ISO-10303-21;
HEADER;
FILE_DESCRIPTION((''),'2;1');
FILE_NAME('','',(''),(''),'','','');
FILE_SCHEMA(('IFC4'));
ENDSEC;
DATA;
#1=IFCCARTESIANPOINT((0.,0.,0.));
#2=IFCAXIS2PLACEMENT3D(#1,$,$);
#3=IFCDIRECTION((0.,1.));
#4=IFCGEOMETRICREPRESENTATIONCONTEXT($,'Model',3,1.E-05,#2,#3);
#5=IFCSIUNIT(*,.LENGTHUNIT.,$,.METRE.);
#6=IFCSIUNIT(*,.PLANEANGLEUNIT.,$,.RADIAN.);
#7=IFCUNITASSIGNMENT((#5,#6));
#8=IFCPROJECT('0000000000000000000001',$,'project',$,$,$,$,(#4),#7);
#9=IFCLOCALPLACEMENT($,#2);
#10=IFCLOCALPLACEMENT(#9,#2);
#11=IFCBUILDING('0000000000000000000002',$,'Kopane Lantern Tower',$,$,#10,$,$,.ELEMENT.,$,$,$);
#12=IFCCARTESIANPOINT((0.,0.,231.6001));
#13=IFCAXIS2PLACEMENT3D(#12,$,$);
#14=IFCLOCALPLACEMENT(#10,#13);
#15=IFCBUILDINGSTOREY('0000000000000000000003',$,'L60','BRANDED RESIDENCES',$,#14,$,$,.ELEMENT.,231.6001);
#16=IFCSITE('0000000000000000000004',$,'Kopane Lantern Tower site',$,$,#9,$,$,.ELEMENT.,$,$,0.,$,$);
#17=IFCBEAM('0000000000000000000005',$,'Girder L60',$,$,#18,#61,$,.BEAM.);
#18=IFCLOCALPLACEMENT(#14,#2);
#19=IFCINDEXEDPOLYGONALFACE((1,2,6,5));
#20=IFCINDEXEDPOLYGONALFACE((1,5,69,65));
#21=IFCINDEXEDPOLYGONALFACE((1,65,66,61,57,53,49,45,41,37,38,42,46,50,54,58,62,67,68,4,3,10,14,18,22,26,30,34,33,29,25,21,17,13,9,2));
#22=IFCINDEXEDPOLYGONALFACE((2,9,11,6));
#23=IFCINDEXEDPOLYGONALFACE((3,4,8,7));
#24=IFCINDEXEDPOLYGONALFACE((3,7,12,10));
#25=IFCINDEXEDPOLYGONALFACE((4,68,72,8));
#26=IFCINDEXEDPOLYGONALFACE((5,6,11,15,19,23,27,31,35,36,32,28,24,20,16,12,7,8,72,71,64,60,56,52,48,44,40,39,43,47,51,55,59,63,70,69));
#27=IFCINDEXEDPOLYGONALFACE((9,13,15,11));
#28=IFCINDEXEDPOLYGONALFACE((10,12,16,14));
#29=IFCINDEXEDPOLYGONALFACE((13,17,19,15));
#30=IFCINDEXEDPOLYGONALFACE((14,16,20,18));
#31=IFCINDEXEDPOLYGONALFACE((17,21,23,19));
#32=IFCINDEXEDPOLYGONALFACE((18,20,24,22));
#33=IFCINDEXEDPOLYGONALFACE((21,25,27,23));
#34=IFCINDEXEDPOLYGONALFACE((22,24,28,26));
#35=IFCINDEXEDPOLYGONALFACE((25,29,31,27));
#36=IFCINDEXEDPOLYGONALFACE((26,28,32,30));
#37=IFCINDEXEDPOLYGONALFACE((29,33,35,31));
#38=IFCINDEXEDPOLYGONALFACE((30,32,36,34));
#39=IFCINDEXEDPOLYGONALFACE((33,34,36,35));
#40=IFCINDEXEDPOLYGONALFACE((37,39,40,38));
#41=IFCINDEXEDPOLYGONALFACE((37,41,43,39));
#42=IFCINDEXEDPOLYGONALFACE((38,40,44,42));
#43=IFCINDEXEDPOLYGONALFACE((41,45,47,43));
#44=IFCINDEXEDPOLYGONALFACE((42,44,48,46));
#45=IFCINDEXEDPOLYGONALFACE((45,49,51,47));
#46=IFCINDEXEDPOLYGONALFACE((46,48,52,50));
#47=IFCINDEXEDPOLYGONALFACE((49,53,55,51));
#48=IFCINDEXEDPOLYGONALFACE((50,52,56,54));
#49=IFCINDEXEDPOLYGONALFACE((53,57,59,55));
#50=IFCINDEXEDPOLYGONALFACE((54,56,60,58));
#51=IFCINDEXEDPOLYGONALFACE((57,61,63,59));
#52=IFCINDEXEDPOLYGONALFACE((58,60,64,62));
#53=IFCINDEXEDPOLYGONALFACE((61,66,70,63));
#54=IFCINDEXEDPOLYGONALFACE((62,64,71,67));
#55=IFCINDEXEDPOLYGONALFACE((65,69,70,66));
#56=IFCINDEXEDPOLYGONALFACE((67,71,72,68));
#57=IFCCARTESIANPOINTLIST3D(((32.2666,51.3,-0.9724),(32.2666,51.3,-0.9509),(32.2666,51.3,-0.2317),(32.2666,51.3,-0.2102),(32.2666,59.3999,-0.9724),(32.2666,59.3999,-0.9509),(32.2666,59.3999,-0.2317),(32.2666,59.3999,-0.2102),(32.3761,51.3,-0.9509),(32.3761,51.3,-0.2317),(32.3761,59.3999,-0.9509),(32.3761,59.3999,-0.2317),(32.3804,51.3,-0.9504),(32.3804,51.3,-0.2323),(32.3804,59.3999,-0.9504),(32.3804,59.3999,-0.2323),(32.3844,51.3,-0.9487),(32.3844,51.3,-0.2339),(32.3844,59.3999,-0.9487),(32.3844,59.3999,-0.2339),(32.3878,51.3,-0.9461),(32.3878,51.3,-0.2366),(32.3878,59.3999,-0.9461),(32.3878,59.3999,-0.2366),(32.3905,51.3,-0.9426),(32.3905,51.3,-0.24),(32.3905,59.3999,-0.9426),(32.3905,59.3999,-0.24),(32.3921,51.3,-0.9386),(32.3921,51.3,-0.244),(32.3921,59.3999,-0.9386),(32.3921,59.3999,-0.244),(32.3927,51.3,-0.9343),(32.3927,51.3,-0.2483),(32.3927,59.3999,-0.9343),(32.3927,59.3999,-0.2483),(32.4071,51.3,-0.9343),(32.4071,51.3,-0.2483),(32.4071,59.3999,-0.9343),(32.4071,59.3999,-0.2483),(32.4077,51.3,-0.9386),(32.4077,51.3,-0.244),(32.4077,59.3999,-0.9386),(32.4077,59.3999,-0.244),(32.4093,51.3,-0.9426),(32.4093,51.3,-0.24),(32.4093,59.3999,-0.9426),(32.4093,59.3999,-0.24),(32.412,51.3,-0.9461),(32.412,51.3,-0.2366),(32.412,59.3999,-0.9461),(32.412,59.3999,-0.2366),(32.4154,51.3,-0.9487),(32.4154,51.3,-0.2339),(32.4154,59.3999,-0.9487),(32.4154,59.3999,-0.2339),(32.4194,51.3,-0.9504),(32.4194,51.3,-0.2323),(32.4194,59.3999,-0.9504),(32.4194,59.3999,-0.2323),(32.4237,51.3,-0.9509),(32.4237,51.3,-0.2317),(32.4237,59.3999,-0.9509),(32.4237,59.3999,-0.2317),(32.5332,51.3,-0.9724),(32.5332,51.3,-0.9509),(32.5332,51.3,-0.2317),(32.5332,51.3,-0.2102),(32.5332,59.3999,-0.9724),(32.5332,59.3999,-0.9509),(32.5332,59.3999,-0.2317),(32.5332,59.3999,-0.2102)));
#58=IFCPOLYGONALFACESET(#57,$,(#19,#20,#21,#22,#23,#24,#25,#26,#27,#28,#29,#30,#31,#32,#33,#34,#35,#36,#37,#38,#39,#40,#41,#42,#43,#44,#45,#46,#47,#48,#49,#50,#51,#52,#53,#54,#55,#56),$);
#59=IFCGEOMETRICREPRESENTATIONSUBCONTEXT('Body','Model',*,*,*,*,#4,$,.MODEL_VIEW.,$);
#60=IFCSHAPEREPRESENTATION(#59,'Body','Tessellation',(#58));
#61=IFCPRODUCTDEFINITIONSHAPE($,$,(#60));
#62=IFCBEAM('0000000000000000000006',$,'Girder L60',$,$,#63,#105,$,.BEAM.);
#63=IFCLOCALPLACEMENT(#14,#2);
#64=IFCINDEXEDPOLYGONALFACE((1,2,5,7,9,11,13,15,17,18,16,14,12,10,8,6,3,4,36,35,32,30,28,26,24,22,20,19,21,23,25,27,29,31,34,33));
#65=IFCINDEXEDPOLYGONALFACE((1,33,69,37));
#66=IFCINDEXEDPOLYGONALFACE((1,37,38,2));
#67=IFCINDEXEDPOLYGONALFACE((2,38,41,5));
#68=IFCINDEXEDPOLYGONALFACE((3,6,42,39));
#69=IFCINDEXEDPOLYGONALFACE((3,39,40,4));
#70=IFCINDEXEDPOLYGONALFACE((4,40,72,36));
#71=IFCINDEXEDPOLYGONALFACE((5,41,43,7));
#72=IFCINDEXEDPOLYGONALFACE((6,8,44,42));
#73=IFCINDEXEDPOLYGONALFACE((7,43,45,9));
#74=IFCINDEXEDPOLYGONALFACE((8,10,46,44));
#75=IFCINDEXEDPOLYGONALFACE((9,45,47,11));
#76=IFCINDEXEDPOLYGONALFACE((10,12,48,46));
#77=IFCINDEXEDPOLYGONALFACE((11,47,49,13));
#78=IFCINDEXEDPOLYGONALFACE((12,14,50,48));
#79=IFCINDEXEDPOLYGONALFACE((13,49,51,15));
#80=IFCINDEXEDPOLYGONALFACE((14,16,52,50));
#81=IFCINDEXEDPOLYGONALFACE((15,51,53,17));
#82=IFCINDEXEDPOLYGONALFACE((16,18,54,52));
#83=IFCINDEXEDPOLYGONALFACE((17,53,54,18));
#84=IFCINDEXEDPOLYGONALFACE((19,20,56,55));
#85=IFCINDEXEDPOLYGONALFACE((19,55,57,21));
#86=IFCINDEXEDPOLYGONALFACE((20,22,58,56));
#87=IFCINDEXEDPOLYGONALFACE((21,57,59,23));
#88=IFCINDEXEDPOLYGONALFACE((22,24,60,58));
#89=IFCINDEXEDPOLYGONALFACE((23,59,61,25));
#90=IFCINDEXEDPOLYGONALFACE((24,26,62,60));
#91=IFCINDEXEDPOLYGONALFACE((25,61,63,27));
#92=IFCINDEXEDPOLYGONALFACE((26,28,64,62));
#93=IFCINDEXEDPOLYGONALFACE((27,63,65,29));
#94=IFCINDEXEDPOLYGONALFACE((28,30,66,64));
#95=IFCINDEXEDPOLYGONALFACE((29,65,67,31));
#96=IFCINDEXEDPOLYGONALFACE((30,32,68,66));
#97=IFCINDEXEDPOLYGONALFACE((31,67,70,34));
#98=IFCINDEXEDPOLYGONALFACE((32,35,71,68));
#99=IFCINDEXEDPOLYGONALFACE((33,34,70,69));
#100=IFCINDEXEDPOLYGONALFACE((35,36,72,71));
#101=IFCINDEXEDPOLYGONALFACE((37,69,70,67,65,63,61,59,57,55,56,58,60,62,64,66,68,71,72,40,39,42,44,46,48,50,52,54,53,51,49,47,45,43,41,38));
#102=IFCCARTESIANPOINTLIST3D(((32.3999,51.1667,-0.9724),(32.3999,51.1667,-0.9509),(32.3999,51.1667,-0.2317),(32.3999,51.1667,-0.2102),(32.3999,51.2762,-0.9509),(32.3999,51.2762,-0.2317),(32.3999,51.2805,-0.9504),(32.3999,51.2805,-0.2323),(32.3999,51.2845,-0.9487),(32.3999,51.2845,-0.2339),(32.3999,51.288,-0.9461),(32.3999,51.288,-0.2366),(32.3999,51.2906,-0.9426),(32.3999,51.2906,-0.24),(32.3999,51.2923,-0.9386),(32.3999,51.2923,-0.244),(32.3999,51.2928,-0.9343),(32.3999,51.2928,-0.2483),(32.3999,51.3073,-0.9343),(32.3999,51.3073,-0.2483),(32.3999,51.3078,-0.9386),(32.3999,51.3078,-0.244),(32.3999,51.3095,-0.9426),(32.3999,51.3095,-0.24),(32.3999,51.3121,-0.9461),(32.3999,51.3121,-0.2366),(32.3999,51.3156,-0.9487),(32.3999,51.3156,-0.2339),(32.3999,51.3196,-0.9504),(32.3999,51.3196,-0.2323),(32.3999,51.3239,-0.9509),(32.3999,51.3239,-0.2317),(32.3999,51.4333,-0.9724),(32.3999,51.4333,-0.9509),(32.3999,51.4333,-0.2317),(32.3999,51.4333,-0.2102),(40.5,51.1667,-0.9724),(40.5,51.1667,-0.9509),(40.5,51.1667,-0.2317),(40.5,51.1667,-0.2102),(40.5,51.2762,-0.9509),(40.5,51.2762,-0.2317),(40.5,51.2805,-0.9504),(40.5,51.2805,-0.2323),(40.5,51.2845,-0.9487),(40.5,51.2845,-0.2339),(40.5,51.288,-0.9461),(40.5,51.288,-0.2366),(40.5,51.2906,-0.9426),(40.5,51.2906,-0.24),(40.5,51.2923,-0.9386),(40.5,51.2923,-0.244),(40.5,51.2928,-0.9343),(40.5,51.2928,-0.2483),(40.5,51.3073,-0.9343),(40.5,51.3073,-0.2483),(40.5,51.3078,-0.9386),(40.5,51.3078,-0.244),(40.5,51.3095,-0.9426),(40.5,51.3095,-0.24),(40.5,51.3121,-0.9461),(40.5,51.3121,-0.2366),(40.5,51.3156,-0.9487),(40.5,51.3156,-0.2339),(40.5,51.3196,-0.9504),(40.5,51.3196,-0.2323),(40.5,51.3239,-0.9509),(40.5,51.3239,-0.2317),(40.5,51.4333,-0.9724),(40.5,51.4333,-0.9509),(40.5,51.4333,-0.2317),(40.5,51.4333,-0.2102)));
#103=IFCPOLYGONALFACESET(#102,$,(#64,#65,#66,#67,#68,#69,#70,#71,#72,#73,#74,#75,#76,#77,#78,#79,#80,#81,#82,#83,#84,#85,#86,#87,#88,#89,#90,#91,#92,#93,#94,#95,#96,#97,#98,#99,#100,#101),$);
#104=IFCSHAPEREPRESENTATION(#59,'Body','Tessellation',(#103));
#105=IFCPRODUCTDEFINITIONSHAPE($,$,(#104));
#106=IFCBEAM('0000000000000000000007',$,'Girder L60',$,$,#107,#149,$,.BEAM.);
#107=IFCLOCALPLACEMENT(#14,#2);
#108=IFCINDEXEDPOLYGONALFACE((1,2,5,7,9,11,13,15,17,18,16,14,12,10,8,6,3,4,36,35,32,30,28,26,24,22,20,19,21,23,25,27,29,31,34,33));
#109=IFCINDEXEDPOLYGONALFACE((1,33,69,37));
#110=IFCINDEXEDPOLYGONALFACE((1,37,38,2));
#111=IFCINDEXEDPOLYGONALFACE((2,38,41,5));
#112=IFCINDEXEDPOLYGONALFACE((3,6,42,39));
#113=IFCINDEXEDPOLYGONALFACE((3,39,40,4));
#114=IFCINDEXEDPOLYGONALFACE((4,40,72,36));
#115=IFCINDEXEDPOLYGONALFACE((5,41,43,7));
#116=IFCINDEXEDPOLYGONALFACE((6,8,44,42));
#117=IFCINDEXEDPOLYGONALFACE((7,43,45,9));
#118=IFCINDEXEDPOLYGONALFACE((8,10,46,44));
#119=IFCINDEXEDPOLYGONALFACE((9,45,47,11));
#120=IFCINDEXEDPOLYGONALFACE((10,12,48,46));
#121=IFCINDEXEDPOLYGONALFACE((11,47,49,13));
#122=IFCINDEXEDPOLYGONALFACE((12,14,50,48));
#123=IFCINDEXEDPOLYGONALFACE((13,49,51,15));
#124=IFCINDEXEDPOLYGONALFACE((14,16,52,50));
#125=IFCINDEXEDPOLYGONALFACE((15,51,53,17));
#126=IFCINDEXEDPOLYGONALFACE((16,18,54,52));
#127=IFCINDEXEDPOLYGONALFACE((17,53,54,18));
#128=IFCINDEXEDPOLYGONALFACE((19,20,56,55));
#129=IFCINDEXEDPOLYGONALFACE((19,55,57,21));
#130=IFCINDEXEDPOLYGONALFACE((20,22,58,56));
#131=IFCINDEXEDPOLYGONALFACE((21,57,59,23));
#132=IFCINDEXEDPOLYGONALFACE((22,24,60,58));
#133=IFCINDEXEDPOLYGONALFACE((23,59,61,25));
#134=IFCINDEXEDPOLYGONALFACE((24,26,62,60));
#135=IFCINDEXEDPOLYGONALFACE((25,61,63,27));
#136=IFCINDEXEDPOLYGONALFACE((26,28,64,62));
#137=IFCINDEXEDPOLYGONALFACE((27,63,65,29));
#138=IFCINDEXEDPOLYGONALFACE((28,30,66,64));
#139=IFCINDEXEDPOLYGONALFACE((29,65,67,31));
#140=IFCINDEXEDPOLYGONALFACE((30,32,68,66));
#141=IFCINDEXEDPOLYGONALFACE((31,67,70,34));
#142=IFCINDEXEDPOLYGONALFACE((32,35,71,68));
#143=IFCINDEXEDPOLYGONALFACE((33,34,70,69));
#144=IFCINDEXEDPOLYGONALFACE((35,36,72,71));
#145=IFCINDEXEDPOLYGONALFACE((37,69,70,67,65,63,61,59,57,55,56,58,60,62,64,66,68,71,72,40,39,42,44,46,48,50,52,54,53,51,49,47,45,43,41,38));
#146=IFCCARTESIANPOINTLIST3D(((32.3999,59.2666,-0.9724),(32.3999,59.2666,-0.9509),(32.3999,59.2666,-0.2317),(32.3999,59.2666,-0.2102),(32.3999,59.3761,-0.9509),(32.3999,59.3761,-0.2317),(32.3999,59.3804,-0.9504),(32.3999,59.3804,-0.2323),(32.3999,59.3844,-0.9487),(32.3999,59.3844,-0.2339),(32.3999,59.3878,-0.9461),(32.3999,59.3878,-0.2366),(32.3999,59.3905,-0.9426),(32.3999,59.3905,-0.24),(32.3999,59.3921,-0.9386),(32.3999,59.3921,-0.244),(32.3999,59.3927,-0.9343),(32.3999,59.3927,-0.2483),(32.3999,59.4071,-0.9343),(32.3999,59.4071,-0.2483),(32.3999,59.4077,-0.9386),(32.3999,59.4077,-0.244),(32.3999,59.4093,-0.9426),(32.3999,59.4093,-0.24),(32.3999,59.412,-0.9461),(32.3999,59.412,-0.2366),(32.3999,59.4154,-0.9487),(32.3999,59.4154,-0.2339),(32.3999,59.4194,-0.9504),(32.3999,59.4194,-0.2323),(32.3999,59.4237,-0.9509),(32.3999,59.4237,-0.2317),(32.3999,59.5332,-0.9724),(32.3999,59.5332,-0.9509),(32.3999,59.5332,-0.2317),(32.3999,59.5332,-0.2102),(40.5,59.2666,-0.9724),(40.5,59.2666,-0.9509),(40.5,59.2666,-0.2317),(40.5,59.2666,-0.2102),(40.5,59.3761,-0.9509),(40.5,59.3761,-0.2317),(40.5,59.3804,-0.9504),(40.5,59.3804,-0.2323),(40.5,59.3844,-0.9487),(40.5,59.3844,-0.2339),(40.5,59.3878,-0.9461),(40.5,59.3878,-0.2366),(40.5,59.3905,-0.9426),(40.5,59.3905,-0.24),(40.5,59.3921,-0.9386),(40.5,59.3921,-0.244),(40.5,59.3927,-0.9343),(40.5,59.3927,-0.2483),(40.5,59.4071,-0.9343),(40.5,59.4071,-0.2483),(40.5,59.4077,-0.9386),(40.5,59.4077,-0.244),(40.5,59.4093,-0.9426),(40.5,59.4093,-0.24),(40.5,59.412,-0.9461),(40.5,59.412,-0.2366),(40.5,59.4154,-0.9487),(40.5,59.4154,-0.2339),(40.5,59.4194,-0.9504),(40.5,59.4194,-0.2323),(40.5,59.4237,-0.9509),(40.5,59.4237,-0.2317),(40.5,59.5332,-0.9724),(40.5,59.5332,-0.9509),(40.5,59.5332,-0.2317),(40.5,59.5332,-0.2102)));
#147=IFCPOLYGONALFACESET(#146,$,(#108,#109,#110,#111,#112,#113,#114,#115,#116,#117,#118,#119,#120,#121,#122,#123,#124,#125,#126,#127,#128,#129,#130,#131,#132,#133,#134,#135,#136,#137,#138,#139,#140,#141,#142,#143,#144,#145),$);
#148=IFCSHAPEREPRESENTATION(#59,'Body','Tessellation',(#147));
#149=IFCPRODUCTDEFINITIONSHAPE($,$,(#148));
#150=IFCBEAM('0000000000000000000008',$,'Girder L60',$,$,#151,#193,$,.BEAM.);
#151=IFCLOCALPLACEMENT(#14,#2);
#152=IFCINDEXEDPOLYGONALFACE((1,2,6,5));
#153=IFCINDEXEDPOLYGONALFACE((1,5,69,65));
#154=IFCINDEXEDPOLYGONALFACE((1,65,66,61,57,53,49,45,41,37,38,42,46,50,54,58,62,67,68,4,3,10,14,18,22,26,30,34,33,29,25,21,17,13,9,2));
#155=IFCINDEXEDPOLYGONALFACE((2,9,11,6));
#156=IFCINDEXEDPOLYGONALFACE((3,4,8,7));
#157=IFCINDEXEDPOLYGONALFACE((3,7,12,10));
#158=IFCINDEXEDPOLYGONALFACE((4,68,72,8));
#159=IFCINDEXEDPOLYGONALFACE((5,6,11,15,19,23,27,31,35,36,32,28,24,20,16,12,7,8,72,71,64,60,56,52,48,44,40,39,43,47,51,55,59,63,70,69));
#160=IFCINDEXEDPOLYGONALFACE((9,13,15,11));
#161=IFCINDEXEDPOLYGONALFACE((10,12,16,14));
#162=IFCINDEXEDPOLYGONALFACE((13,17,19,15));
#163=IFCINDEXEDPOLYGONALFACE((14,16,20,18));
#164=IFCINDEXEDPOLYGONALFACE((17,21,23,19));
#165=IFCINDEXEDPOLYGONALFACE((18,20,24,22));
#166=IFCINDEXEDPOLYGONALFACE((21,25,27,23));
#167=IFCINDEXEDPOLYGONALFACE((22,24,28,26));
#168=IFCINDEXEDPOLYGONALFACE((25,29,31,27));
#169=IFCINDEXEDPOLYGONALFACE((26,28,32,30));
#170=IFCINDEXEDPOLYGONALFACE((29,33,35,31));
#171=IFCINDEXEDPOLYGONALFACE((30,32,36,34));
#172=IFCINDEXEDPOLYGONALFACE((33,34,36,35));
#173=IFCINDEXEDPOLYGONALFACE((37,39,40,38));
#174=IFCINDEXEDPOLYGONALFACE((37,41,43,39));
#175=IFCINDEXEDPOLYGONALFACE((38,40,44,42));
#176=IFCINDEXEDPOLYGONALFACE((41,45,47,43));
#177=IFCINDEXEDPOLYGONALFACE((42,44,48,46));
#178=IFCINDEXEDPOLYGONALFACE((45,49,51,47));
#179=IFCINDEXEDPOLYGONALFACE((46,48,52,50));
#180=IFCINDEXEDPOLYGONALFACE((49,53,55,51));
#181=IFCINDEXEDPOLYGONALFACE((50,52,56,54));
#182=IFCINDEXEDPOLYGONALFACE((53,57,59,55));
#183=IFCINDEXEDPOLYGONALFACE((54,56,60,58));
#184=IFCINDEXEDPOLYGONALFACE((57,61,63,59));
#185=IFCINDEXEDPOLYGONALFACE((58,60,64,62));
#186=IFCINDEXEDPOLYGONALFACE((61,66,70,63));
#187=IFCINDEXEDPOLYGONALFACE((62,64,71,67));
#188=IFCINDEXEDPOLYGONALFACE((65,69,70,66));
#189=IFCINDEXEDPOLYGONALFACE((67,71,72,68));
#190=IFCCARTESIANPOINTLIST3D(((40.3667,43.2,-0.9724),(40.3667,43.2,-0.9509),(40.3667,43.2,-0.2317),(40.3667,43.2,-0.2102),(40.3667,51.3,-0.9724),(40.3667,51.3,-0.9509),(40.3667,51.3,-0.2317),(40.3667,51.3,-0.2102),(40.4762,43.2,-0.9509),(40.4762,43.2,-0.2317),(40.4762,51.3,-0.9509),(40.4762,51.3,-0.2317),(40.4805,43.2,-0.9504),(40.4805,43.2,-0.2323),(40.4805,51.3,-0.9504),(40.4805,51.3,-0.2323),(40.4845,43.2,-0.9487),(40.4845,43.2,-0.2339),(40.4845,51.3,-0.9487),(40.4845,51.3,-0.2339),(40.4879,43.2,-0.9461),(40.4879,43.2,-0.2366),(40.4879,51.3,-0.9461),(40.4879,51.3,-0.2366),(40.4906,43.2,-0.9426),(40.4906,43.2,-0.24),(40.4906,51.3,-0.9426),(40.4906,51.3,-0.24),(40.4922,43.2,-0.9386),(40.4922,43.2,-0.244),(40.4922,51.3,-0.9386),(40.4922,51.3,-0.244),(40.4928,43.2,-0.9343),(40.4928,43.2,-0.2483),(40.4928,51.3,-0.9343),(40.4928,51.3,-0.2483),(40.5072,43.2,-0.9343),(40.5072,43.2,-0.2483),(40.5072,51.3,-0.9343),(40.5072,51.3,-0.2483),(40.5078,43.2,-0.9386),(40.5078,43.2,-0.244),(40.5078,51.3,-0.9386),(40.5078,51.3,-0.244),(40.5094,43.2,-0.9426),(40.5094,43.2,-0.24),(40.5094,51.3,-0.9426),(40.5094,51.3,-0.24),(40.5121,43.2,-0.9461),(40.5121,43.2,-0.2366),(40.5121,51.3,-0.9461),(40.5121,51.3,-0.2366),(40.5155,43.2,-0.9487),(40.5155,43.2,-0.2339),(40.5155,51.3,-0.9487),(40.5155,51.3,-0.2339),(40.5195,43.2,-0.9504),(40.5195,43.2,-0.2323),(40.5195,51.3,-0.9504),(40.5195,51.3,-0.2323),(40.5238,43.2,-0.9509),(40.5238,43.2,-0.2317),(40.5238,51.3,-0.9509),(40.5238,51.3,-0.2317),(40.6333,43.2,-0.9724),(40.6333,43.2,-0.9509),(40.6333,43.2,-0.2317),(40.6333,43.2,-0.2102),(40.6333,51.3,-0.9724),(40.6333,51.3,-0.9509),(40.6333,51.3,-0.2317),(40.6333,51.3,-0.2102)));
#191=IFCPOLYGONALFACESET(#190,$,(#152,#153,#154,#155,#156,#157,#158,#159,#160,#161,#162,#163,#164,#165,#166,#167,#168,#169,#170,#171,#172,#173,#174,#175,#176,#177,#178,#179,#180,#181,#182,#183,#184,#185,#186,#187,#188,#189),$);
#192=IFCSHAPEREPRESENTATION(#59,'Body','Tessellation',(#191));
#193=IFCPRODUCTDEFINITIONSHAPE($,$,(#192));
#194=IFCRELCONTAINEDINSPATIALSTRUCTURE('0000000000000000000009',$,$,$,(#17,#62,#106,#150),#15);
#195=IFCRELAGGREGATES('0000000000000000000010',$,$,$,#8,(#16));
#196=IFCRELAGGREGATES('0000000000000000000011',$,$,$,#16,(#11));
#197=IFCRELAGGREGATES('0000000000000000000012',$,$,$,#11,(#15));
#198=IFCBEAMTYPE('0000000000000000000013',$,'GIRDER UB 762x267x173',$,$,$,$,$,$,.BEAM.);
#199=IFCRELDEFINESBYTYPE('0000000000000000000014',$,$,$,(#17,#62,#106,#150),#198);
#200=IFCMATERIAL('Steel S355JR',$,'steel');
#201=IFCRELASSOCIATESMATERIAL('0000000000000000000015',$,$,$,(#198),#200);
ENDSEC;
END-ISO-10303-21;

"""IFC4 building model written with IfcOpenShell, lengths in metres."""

from ifc_helpers import new_model, si_unit, direction, frame, origin, origin_2d, place, context, subcontext, project, spatial, i_section, extrude, material, material_profile, profile_set, type_object, element, save


model = new_model("IFC4")

# Units and contexts
model_context = context("Model", 3, precision=1e-05, world=origin(), true_north=direction((0.0, 1.0)))
body_context = subcontext(model_context, "Body", "Model", "MODEL_VIEW")
ifc_project = project(units=[si_unit("LENGTHUNIT", "METRE"), si_unit("PLANEANGLEUNIT", "RADIAN")], contexts=[model_context])

# Site, building, storey
site_placement = place(None, origin())
site = spatial("IfcSite", under=ifc_project, at=site_placement, Name="Kopane Lantern Tower site", CompositionType="ELEMENT", RefElevation=0.0)
building_placement = place(site_placement, origin())
building = spatial("IfcBuilding", under=site, at=building_placement, Name="Kopane Lantern Tower", CompositionType="ELEMENT")
storey_placement = place(building_placement, frame((0.0, 0.0, 231.6001)))
storey = spatial("IfcBuildingStorey", under=building, at=storey_placement, Name="L60", Description="BRANDED RESIDENCES", CompositionType="ELEMENT", Elevation=231.6001)

# Beams
ifc_material_1 = material(Name="Steel S355JR", Category="steel")
ifc_material_profile_1 = material_profile(ifc_material_1, i_section(OverallWidth=0.2666, OverallDepth=0.7622, WebThickness=0.0144, FlangeThickness=0.0215, FilletRadius=0.0166, at=origin_2d()), Name="UB 762x267x173")
ifc_profile_set_1 = profile_set([ifc_material_profile_1], Name="Steel S355JR")
beam_type = type_object("IfcBeamType", Name="GIRDER UB 762x267x173", PredefinedType="BEAM", material=ifc_profile_set_1)
beam_placement = place(storey_placement, frame((32.3999, 51.3, -0.5913), z_axis=(0.0, 1.0, 0.0), x_axis=(-1.0, 0.0, 0.0)))
element("IfcBeam", 1, at=beam_placement, inside=storey, type_object=beam_type, Name="Girder L60", PredefinedType="BEAM", context=body_context, shape_type="SweptSolid", body=[
    extrude(i_section(OverallWidth=0.2666, OverallDepth=0.7622, WebThickness=0.0144, FlangeThickness=0.0215, FilletRadius=0.0166, at=origin_2d()), origin(), (0.0, 0.0, 1.0), 8.0999),
])
for number, where, z_axis, x_axis, name in (
    (2, (32.3999, 51.3, -0.5913), (1.0, 0.0, 0.0), (0.0, 1.0, 0.0), "Girder L60"),
    (3, (32.3999, 59.3999, -0.5913), (1.0, 0.0, 0.0), (0.0, 1.0, 0.0), "Girder L60"),
    (4, (40.5, 43.2, -0.5913), (0.0, 1.0, 0.0), (-1.0, 0.0, 0.0), "Girder L60"),
):
    element("IfcBeam", number, at=place(storey_placement, frame(where, z_axis=z_axis, x_axis=x_axis)), inside=storey, type_object=beam_type, Name=name, PredefinedType="BEAM", context=body_context, shape_type="SweptSolid", body=[
        extrude(i_section(OverallWidth=0.2666, OverallDepth=0.7622, WebThickness=0.0144, FlangeThickness=0.0215, FilletRadius=0.0166, at=origin_2d()), origin(), (0.0, 0.0, 1.0), 8.1001),
    ])

save(model, "model.ifc")
